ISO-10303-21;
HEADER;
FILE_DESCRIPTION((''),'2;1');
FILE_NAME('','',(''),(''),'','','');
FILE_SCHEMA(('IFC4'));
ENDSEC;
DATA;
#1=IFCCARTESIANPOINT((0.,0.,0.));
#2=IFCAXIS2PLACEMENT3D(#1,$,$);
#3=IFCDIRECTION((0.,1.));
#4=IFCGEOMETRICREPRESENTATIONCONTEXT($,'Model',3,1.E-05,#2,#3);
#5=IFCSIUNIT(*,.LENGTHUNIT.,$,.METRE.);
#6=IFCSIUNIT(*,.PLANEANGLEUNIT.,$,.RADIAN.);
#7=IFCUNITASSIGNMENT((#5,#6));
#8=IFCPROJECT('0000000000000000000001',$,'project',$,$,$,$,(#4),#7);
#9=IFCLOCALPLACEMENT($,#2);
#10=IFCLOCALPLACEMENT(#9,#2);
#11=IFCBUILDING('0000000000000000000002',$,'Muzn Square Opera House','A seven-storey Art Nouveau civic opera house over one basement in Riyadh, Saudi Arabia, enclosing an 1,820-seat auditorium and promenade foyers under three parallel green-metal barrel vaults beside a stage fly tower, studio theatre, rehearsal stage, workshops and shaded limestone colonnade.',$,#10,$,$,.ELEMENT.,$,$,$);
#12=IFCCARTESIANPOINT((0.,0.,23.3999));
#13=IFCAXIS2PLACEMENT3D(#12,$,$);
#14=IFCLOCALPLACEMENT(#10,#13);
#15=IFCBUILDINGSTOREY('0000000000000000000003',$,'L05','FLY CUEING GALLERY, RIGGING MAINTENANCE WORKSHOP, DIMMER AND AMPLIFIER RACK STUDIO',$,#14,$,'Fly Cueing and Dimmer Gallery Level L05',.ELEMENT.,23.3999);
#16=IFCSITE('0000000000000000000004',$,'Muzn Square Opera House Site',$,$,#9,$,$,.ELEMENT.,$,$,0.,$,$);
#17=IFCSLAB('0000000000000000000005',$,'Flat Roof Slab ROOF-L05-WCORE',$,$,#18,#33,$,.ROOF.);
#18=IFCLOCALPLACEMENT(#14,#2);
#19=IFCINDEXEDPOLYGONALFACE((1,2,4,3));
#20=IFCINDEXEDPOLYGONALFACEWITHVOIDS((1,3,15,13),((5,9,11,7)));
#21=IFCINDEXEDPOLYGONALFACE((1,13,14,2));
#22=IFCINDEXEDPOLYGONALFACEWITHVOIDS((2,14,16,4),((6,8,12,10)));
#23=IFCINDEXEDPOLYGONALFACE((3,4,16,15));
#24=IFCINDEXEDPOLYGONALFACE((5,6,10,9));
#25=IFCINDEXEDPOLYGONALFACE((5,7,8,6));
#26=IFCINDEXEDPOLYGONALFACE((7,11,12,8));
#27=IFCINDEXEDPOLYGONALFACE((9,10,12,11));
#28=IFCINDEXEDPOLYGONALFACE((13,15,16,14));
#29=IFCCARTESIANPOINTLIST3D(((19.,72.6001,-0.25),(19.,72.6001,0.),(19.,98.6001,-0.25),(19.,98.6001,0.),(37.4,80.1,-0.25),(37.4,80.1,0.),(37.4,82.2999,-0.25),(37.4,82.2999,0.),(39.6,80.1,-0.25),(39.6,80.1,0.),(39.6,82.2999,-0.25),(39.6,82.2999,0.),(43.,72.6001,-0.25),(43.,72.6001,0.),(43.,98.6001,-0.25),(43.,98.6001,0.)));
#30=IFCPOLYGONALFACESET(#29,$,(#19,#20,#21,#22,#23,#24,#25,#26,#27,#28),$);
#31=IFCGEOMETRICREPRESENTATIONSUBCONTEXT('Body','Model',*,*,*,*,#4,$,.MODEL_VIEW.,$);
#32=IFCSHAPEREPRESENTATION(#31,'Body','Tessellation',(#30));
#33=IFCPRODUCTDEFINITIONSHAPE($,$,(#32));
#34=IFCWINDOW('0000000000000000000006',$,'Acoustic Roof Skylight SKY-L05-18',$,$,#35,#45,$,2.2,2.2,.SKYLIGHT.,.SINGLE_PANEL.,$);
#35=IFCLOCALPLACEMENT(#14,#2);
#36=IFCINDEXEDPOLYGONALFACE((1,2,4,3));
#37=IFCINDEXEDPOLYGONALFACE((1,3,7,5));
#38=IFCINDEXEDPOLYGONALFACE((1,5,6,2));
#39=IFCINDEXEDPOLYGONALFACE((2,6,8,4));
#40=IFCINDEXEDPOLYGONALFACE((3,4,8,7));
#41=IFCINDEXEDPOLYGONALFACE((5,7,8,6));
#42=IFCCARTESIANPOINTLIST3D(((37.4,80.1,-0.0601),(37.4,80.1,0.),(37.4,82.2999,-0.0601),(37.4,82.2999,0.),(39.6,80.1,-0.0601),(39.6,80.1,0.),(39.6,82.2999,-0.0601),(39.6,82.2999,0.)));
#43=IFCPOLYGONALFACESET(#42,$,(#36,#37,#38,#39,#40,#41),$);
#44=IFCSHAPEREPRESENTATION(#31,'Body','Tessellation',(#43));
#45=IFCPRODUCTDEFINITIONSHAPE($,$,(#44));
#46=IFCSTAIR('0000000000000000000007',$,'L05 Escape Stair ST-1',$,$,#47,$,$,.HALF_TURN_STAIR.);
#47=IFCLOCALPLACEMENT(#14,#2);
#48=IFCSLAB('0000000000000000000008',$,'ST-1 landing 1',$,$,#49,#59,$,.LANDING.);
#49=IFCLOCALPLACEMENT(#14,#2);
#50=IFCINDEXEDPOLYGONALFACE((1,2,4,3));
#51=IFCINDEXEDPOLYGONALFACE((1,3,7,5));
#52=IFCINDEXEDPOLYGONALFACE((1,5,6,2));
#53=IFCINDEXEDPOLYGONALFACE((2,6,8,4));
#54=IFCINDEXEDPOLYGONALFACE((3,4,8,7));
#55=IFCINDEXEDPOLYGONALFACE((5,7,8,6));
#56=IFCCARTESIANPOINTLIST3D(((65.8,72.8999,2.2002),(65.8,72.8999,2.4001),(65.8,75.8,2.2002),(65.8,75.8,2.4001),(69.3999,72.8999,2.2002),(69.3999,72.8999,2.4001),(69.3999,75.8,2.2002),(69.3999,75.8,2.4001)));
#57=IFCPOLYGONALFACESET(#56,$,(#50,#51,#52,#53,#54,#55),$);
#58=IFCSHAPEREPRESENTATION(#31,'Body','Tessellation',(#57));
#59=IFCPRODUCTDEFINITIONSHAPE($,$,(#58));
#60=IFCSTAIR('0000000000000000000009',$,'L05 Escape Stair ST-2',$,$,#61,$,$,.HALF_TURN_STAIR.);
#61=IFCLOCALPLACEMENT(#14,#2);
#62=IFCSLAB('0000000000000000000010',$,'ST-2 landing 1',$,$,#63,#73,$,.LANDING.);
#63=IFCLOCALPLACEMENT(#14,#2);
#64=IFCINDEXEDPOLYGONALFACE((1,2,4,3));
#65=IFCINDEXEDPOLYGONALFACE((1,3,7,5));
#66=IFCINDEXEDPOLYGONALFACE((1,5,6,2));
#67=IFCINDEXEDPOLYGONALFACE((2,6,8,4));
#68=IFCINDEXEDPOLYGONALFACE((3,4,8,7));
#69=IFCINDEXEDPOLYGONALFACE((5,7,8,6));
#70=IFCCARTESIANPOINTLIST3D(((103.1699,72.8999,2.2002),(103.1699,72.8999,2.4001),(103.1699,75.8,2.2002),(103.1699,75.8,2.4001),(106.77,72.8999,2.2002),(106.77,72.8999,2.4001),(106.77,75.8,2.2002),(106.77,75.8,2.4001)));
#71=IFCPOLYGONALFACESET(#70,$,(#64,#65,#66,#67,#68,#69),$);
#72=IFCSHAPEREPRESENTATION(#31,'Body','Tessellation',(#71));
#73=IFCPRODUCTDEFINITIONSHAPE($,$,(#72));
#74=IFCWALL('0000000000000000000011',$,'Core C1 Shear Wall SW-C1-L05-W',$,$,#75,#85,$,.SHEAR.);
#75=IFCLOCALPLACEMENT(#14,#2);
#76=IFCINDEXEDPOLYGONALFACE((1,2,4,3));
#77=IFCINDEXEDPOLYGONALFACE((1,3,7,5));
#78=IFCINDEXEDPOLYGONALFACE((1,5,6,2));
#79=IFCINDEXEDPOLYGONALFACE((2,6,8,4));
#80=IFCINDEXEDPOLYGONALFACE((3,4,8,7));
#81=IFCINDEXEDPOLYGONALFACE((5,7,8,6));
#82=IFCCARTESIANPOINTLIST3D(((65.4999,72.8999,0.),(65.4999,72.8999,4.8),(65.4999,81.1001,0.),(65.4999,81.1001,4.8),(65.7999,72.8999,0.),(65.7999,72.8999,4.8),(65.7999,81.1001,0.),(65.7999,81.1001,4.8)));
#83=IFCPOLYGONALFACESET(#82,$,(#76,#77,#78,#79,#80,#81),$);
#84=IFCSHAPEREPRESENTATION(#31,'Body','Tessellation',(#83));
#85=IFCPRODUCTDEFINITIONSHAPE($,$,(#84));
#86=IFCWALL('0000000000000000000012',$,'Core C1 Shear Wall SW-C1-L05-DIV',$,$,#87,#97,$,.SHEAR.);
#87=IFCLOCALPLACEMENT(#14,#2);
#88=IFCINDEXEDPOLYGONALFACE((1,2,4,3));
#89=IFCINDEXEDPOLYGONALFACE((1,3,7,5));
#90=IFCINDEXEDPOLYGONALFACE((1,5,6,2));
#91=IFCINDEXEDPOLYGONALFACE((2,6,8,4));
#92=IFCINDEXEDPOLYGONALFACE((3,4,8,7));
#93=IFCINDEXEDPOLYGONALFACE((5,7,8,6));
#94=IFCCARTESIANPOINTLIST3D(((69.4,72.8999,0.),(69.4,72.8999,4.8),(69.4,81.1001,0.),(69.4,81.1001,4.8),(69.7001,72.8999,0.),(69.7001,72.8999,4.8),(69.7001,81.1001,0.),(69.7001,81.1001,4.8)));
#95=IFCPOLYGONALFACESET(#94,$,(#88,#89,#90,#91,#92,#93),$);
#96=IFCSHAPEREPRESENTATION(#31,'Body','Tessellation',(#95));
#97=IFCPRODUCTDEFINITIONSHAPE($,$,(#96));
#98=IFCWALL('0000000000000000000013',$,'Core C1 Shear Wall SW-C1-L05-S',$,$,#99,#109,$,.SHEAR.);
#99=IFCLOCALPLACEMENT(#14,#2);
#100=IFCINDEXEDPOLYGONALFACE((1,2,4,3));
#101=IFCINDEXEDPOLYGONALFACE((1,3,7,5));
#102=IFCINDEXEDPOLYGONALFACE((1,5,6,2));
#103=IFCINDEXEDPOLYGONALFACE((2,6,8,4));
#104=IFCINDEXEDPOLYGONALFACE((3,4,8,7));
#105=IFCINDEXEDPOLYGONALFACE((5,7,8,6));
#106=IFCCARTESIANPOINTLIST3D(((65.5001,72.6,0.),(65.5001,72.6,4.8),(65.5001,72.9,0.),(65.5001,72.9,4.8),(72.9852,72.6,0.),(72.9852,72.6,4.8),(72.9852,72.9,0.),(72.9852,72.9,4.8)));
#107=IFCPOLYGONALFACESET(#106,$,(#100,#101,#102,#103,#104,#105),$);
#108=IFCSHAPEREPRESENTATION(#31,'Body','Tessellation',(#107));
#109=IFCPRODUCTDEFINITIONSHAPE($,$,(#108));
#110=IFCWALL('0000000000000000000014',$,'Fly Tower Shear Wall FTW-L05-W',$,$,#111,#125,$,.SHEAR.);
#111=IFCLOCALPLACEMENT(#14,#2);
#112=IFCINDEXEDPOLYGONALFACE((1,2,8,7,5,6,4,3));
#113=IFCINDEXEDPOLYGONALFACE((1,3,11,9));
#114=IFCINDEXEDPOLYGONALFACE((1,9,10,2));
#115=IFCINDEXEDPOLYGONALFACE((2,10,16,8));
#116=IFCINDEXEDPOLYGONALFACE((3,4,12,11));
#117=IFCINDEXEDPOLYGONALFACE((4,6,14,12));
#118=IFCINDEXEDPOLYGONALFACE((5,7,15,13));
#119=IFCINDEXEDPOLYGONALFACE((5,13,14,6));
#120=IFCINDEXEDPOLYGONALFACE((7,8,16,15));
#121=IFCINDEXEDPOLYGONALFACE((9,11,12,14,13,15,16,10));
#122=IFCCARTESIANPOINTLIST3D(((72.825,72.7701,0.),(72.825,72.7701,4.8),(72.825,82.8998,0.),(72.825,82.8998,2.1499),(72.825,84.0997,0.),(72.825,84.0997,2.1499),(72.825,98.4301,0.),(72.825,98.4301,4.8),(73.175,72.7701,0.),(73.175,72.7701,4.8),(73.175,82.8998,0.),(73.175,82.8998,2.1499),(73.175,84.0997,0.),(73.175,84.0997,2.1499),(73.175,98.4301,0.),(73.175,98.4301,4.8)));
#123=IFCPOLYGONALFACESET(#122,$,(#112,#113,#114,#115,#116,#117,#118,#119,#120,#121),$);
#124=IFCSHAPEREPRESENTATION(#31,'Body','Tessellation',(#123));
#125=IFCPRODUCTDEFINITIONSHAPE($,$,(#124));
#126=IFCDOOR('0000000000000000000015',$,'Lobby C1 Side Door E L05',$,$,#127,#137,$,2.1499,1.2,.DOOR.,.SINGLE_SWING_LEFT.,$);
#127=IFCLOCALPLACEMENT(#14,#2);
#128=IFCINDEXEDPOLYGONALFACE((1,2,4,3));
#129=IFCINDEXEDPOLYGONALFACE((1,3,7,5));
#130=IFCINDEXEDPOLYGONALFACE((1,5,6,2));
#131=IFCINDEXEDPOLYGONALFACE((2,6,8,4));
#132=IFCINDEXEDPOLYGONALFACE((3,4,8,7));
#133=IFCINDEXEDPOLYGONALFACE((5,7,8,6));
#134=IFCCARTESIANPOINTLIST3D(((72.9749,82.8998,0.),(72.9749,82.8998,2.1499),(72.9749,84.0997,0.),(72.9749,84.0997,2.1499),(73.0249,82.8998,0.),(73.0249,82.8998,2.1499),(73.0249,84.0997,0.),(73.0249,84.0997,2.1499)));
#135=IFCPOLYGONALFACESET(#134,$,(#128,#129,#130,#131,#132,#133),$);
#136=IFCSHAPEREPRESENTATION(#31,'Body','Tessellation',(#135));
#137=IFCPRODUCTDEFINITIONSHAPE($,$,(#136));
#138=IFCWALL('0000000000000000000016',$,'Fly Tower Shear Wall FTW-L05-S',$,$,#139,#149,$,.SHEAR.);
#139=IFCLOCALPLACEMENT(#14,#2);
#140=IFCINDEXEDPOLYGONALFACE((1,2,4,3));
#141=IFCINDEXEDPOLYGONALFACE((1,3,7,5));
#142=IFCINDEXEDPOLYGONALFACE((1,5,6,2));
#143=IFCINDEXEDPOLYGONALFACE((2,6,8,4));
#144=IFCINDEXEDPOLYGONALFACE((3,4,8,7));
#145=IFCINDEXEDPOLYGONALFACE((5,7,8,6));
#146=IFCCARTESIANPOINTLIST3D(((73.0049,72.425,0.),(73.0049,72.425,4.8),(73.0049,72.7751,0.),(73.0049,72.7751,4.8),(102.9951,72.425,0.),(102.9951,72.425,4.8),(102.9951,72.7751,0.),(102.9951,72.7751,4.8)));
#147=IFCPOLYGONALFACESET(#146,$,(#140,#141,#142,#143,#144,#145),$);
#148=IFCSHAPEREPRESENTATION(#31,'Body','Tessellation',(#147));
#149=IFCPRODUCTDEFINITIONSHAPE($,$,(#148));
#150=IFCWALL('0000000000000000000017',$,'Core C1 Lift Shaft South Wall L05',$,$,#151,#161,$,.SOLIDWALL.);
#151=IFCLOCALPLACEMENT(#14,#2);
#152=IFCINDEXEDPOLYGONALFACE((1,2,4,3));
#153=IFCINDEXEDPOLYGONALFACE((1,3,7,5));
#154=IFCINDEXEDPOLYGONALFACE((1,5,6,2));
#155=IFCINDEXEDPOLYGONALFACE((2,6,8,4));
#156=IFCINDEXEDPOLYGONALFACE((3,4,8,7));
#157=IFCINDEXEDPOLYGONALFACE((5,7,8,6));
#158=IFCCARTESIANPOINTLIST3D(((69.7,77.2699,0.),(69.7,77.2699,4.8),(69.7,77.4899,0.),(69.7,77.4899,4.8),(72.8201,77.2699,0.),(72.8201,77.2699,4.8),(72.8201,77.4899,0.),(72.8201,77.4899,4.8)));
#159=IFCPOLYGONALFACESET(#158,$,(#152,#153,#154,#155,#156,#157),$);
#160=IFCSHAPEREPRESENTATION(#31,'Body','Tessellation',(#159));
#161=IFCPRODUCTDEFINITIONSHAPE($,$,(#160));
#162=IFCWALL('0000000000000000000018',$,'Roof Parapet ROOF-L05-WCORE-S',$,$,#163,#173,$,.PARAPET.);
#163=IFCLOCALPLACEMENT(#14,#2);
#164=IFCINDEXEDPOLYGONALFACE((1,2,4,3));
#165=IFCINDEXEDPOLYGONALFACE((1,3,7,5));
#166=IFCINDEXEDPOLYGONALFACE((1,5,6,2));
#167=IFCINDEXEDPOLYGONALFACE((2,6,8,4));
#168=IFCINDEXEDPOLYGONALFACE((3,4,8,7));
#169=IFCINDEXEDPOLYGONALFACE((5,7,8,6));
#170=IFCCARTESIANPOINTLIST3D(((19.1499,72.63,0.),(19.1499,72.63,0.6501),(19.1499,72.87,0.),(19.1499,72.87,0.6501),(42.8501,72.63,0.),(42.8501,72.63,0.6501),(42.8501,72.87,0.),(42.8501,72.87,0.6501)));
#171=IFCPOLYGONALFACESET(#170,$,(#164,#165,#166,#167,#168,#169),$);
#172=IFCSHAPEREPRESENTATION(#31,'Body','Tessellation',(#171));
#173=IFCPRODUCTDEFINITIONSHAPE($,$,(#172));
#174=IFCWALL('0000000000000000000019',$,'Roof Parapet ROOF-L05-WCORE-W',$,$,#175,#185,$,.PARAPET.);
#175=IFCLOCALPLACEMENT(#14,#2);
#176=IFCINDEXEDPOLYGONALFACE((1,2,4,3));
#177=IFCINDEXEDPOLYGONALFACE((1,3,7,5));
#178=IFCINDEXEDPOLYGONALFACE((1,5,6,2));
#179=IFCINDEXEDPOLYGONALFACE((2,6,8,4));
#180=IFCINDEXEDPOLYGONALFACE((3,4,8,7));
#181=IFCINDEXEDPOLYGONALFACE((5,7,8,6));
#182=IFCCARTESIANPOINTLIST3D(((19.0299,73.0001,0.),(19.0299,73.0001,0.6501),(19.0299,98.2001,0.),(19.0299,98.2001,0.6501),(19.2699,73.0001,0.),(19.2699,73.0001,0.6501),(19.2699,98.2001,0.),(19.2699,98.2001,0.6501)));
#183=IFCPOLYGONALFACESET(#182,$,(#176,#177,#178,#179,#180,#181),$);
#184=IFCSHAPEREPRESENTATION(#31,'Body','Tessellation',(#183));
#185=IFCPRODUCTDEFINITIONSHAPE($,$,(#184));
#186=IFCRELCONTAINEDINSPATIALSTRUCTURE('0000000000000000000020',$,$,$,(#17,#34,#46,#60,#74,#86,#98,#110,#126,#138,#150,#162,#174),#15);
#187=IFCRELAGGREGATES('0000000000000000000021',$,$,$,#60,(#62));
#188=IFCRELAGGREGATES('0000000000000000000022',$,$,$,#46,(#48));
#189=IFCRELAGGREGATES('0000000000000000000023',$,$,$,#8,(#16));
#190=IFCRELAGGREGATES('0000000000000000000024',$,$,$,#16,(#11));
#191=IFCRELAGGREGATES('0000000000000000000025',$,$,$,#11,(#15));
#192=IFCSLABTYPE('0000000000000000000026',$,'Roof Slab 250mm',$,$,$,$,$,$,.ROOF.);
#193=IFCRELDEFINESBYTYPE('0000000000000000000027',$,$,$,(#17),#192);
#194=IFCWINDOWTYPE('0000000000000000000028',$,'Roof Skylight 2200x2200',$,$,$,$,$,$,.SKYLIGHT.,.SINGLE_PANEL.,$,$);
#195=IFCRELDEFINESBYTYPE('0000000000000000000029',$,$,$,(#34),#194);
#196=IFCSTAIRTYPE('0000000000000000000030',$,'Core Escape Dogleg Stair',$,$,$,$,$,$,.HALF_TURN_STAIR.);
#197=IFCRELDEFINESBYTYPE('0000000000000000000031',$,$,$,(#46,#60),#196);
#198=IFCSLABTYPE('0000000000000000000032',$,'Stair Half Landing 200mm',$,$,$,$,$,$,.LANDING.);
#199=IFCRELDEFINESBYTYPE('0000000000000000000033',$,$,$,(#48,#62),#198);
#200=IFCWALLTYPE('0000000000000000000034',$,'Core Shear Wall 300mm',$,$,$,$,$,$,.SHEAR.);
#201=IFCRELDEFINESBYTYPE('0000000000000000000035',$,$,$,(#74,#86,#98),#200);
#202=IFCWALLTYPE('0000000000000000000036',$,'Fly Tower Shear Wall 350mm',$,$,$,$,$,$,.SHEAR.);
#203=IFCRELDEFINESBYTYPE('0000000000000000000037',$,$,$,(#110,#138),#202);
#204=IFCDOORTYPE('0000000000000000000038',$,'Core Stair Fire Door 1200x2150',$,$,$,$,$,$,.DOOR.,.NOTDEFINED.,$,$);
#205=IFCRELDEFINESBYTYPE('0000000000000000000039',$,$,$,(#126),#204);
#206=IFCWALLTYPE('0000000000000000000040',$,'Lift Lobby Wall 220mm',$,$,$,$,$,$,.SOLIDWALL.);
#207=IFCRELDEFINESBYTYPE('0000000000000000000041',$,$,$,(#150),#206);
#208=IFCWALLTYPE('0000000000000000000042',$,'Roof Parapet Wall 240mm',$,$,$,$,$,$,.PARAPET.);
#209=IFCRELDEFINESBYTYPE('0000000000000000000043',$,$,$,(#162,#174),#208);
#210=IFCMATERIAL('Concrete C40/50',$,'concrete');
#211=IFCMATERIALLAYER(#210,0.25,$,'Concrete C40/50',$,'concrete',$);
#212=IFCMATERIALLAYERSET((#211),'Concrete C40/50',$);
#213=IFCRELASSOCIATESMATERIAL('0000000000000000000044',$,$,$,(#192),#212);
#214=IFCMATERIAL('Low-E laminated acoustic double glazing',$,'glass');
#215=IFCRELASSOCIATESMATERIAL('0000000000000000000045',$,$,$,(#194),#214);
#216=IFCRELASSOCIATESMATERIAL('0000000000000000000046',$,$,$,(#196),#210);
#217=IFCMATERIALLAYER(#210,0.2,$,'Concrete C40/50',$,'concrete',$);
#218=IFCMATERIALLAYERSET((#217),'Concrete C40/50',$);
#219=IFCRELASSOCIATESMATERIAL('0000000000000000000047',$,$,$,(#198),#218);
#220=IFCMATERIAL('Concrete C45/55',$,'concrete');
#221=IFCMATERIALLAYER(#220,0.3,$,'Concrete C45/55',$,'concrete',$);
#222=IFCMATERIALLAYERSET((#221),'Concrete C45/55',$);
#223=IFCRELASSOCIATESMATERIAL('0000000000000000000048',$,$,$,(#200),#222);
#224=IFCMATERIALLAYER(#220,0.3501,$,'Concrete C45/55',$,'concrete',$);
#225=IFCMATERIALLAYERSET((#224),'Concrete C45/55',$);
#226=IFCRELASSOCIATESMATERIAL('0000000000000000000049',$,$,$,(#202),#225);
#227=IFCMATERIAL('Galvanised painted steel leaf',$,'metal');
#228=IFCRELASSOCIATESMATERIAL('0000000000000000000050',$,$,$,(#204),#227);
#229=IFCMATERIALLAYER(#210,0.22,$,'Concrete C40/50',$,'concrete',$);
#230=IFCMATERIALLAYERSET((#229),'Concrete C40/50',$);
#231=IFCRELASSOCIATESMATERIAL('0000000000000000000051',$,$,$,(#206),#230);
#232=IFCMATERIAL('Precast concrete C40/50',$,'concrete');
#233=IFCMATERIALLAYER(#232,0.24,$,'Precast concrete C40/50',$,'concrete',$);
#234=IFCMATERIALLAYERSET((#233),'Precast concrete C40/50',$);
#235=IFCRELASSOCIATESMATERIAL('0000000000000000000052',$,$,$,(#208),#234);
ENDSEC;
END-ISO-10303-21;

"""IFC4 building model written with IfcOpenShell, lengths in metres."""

from ifc_helpers import new_model, si_unit, direction, frame, frame_2d, origin, origin_2d, place, context, subcontext, project, spatial, polyline, rectangle, outline, extrude, material, layer, layer_set, type_object, element, fill, aggregate, save


model = new_model("IFC4")

# Units and contexts
model_context = context("Model", 3, precision=1e-05, world=origin(), true_north=direction((0.0, 1.0)))
body_context = subcontext(model_context, "Body", "Model", "MODEL_VIEW")
ifc_project = project(units=[si_unit("LENGTHUNIT", "METRE"), si_unit("PLANEANGLEUNIT", "RADIAN")], contexts=[model_context])

# Site, building, storey
site_placement = place(None, origin())
site = spatial("IfcSite", under=ifc_project, at=site_placement, Name="Muzn Square Opera House Site", CompositionType="ELEMENT", RefElevation=0.0)
building_placement = place(site_placement, origin())
building = spatial("IfcBuilding", under=site, at=building_placement, Name="Muzn Square Opera House", Description="A seven-storey Art Nouveau civic opera house over one basement in Riyadh, Saudi Arabia, enclosing an 1,820-seat auditorium and promenade foyers under three parallel green-metal barrel vaults beside a stage fly tower, studio theatre, rehearsal stage, workshops and shaded limestone colonnade.", CompositionType="ELEMENT")
storey_placement = place(building_placement, frame((0.0, 0.0, 23.3999)))
storey = spatial("IfcBuildingStorey", under=building, at=storey_placement, Name="L05", Description="FLY CUEING GALLERY, RIGGING MAINTENANCE WORKSHOP, DIMMER AND AMPLIFIER RACK STUDIO", LongName="Fly Cueing and Dimmer Gallery Level L05", CompositionType="ELEMENT", Elevation=23.3999)

# Shared definitions
ifc_material_1 = material(Name="Concrete C45/55", Category="concrete")

# Shared definitions
ifc_material_2 = material(Name="Concrete C40/50", Category="concrete")

# Slab, opening, window
ifc_layer_1 = layer(ifc_material_2, 0.25, Name="Concrete C40/50", Category="concrete")
ifc_layer_set_1 = layer_set([ifc_layer_1], Name="Concrete C40/50")
slab_type_1 = type_object("IfcSlabType", Name="Roof Slab 250mm", PredefinedType="ROOF", material=ifc_layer_set_1)
slab_1_placement = place(storey_placement, frame((0.0, 0.0, -0.25)))
slab_1 = element("IfcSlab", 1, at=slab_1_placement, inside=storey, type_object=slab_type_1, Name="Flat Roof Slab ROOF-L05-WCORE", PredefinedType="ROOF", context=body_context, shape_type="SweptSolid", body=[
    extrude(outline(polyline([(19.0, 72.6001), (43.0, 72.6001), (43.0, 98.6001), (19.0, 98.6001), (19.0, 72.6001)])), origin(), (0.0, 0.0, 1.0), 0.25),
])
opening_1_placement = place(slab_1_placement, frame((38.5, 81.2, -0.01)))
opening_1 = element("IfcOpeningElement", 2, at=opening_1_placement, cuts=slab_1, PredefinedType="OPENING", context=body_context, shape_type="SweptSolid", body=[
    extrude(rectangle(XDim=2.2, YDim=2.2, at=origin_2d()), origin(), (0.0, 0.0, 1.0), 0.27),
])
ifc_material_3 = material(Name="Low-E laminated acoustic double glazing", Category="glass")
window_type = type_object("IfcWindowType", Name="Roof Skylight 2200x2200", PartitioningType="SINGLE_PANEL", PredefinedType="SKYLIGHT", material=ifc_material_3)
window_placement = place(slab_1_placement, frame((38.5, 81.2, 0.1899)))
window = element("IfcWindow", 3, at=window_placement, inside=storey, type_object=window_type, Name="Acoustic Roof Skylight SKY-L05-18", OverallHeight=2.2, OverallWidth=2.2, PartitioningType="SINGLE_PANEL", PredefinedType="SKYLIGHT", context=body_context, shape_type="SweptSolid", body=[
    extrude(rectangle(XDim=2.2, YDim=2.2, at=origin_2d()), origin(), (0.0, 0.0, 1.0), 0.0601),
])
fill(opening_1, window)

# Stairs, slabs
stair_type = type_object("IfcStairType", Name="Core Escape Dogleg Stair", PredefinedType="HALF_TURN_STAIR", material=ifc_material_2)
stair_1_placement = place(storey_placement, origin())
stair_1 = element("IfcStair", 4, at=stair_1_placement, inside=storey, type_object=stair_type, Name="L05 Escape Stair ST-1", PredefinedType="HALF_TURN_STAIR")
ifc_layer_2 = layer(ifc_material_2, 0.2, Name="Concrete C40/50", Category="concrete")
ifc_layer_set_2 = layer_set([ifc_layer_2], Name="Concrete C40/50")
slab_type_2 = type_object("IfcSlabType", Name="Stair Half Landing 200mm", PredefinedType="LANDING", material=ifc_layer_set_2)
slab_2_placement = place(storey_placement, frame((0.0, 0.0, 2.2002)))
slab_2 = element("IfcSlab", 5, at=slab_2_placement, type_object=slab_type_2, Name="ST-1 landing 1", PredefinedType="LANDING", context=body_context, shape_type="SweptSolid", body=[
    extrude(outline(polyline([(65.8, 75.8), (65.8, 72.8999), (69.3999, 72.8999), (69.3999, 75.8), (65.8, 75.8)])), origin(), (0.0, 0.0, 1.0), 0.2),
])
stair_2_placement = place(storey_placement, origin())
stair_2 = element("IfcStair", 6, at=stair_2_placement, inside=storey, type_object=stair_type, Name="L05 Escape Stair ST-2", PredefinedType="HALF_TURN_STAIR")
slab_3_placement = place(storey_placement, frame((0.0, 0.0, 2.2002)))
slab_3 = element("IfcSlab", 7, at=slab_3_placement, type_object=slab_type_2, Name="ST-2 landing 1", PredefinedType="LANDING", context=body_context, shape_type="SweptSolid", body=[
    extrude(outline(polyline([(103.1699, 75.8), (103.1699, 72.8999), (106.77, 72.8999), (106.77, 75.8), (103.1699, 75.8)])), origin(), (0.0, 0.0, 1.0), 0.2),
])
aggregate(stair_2, [slab_3])

# Walls
ifc_layer_3 = layer(ifc_material_1, 0.3, Name="Concrete C45/55", Category="concrete")
ifc_layer_set_3 = layer_set([ifc_layer_3], Name="Concrete C45/55")
wall_type_1 = type_object("IfcWallType", Name="Core Shear Wall 300mm", PredefinedType="SHEAR", material=ifc_layer_set_3)
for number, where, z_axis, x_axis, name in (
    (8, (65.6499, 72.8999, 0.0), (0.0, 0.0, 1.0), (0.0, 1.0, 0.0), "Core C1 Shear Wall SW-C1-L05-W"),
    (9, (69.55, 72.8999, 0.0), (0.0, 0.0, 1.0), (0.0, 1.0, 0.0), "Core C1 Shear Wall SW-C1-L05-DIV"),
):
    element("IfcWall", number, at=place(storey_placement, frame(where, z_axis=z_axis, x_axis=x_axis)), inside=storey, type_object=wall_type_1, Name=name, PredefinedType="SHEAR", context=body_context, shape_type="SweptSolid", body=[
        extrude(rectangle(XDim=8.2002, YDim=0.3, at=frame_2d((4.1001, 0.0))), origin(), (0.0, 0.0, 1.0), 4.8),
    ])
wall_1_placement = place(storey_placement, frame((65.5, 72.75, 0.0), z_axis=(0.0, 0.0, 1.0), x_axis=(1.0, 0.0, 0.0)))
element("IfcWall", 10, at=wall_1_placement, inside=storey, type_object=wall_type_1, Name="Core C1 Shear Wall SW-C1-L05-S", PredefinedType="SHEAR", context=body_context, shape_type="SweptSolid", body=[
    extrude(rectangle(XDim=7.4851, YDim=0.3, at=frame_2d((3.7427, 0.0))), origin(), (0.0, 0.0, 1.0), 4.8),
])

# Wall, opening, door
ifc_layer_4 = layer(ifc_material_1, 0.3501, Name="Concrete C45/55", Category="concrete")
ifc_layer_set_4 = layer_set([ifc_layer_4], Name="Concrete C45/55")
wall_type_2 = type_object("IfcWallType", Name="Fly Tower Shear Wall 350mm", PredefinedType="SHEAR", material=ifc_layer_set_4)
wall_2_placement = place(storey_placement, frame((73.0, 72.77, 0.0), z_axis=(0.0, 0.0, 1.0), x_axis=(0.0, 1.0, 0.0)))
wall_2 = element("IfcWall", 11, at=wall_2_placement, inside=storey, type_object=wall_type_2, Name="Fly Tower Shear Wall FTW-L05-W", PredefinedType="SHEAR", context=body_context, shape_type="SweptSolid", body=[
    extrude(rectangle(XDim=25.6599, YDim=0.3501, at=frame_2d((12.8301, 0.0))), origin(), (0.0, 0.0, 1.0), 4.8),
])
opening_2_placement = place(wall_2_placement, frame((11.3298, 0.0, 0.0), z_axis=(0.0, 0.0, 1.0), x_axis=(-1.0, 0.0, 0.0)))
opening_2 = element("IfcOpeningElement", 12, at=opening_2_placement, cuts=wall_2, PredefinedType="OPENING", context=body_context, shape_type="SweptSolid", body=[
    extrude(rectangle(XDim=1.2, YDim=2.1499, at=frame_2d((0.6001, 1.075))), frame((0.0, 0.1851, 0.0), z_axis=(0.0, -1.0, 0.0), x_axis=(1.0, 0.0, 0.0)), (0.0, 0.0, 1.0), 0.3701),
])
ifc_material_4 = material(Name="Galvanised painted steel leaf", Category="metal")
door_type = type_object("IfcDoorType", Name="Core Stair Fire Door 1200x2150", OperationType="NOTDEFINED", PredefinedType="DOOR", material=ifc_material_4)
door_placement = place(opening_2_placement, origin())
door = element("IfcDoor", 13, at=door_placement, inside=storey, type_object=door_type, Name="Lobby C1 Side Door E L05", OperationType="SINGLE_SWING_LEFT", OverallHeight=2.1499, OverallWidth=1.2, PredefinedType="DOOR", context=body_context, shape_type="SweptSolid", body=[
    extrude(rectangle(XDim=1.2, YDim=2.1499, at=frame_2d((0.6001, 1.075))), frame((0.0, 0.0249, 0.0), z_axis=(0.0, -1.0, 0.0), x_axis=(1.0, 0.0, 0.0)), (0.0, 0.0, 1.0), 0.05),
])
fill(opening_2, door)

# Walls
wall_3_placement = place(storey_placement, frame((73.0049, 72.6001, 0.0), z_axis=(0.0, 0.0, 1.0), x_axis=(1.0, 0.0, 0.0)))
element("IfcWall", 14, at=wall_3_placement, inside=storey, type_object=wall_type_2, Name="Fly Tower Shear Wall FTW-L05-S", PredefinedType="SHEAR", context=body_context, shape_type="SweptSolid", body=[
    extrude(rectangle(XDim=29.9902, YDim=0.3501, at=frame_2d((14.9951, 0.0))), origin(), (0.0, 0.0, 1.0), 4.8),
])
ifc_layer_5 = layer(ifc_material_2, 0.22, Name="Concrete C40/50", Category="concrete")
ifc_layer_set_5 = layer_set([ifc_layer_5], Name="Concrete C40/50")
wall_type_3 = type_object("IfcWallType", Name="Lift Lobby Wall 220mm", PredefinedType="SOLIDWALL", material=ifc_layer_set_5)
wall_4_placement = place(storey_placement, frame((69.7, 77.3799, 0.0), z_axis=(0.0, 0.0, 1.0), x_axis=(1.0, 0.0, 0.0)))
element("IfcWall", 15, at=wall_4_placement, inside=storey, type_object=wall_type_3, Name="Core C1 Lift Shaft South Wall L05", PredefinedType="SOLIDWALL", context=body_context, shape_type="SweptSolid", body=[
    extrude(rectangle(XDim=3.1201, YDim=0.22, at=frame_2d((1.5601, 0.0))), origin(), (0.0, 0.0, 1.0), 4.8),
])
ifc_material_5 = material(Name="Precast concrete C40/50", Category="concrete")
ifc_layer_6 = layer(ifc_material_5, 0.24, Name="Precast concrete C40/50", Category="concrete")
ifc_layer_set_6 = layer_set([ifc_layer_6], Name="Precast concrete C40/50")
wall_type_4 = type_object("IfcWallType", Name="Roof Parapet Wall 240mm", PredefinedType="PARAPET", material=ifc_layer_set_6)
wall_5_placement = place(storey_placement, frame((19.1499, 72.75, 0.0), z_axis=(0.0, 0.0, 1.0), x_axis=(1.0, 0.0, 0.0)))
element("IfcWall", 16, at=wall_5_placement, inside=storey, type_object=wall_type_4, Name="Roof Parapet ROOF-L05-WCORE-S", PredefinedType="PARAPET", context=body_context, shape_type="SweptSolid", body=[
    extrude(rectangle(XDim=23.7002, YDim=0.24, at=frame_2d((11.8501, 0.0))), origin(), (0.0, 0.0, 1.0), 0.6501),
])
wall_6_placement = place(storey_placement, frame((19.1499, 73.0, 0.0), z_axis=(0.0, 0.0, 1.0), x_axis=(0.0, 1.0, 0.0)))
element("IfcWall", 17, at=wall_6_placement, inside=storey, type_object=wall_type_4, Name="Roof Parapet ROOF-L05-WCORE-W", PredefinedType="PARAPET", context=body_context, shape_type="SweptSolid", body=[
    extrude(rectangle(XDim=25.2, YDim=0.24, at=frame_2d((12.6001, 0.0))), origin(), (0.0, 0.0, 1.0), 0.6501),
])

aggregate(stair_1, [slab_2])

save(model, "model.ifc")
